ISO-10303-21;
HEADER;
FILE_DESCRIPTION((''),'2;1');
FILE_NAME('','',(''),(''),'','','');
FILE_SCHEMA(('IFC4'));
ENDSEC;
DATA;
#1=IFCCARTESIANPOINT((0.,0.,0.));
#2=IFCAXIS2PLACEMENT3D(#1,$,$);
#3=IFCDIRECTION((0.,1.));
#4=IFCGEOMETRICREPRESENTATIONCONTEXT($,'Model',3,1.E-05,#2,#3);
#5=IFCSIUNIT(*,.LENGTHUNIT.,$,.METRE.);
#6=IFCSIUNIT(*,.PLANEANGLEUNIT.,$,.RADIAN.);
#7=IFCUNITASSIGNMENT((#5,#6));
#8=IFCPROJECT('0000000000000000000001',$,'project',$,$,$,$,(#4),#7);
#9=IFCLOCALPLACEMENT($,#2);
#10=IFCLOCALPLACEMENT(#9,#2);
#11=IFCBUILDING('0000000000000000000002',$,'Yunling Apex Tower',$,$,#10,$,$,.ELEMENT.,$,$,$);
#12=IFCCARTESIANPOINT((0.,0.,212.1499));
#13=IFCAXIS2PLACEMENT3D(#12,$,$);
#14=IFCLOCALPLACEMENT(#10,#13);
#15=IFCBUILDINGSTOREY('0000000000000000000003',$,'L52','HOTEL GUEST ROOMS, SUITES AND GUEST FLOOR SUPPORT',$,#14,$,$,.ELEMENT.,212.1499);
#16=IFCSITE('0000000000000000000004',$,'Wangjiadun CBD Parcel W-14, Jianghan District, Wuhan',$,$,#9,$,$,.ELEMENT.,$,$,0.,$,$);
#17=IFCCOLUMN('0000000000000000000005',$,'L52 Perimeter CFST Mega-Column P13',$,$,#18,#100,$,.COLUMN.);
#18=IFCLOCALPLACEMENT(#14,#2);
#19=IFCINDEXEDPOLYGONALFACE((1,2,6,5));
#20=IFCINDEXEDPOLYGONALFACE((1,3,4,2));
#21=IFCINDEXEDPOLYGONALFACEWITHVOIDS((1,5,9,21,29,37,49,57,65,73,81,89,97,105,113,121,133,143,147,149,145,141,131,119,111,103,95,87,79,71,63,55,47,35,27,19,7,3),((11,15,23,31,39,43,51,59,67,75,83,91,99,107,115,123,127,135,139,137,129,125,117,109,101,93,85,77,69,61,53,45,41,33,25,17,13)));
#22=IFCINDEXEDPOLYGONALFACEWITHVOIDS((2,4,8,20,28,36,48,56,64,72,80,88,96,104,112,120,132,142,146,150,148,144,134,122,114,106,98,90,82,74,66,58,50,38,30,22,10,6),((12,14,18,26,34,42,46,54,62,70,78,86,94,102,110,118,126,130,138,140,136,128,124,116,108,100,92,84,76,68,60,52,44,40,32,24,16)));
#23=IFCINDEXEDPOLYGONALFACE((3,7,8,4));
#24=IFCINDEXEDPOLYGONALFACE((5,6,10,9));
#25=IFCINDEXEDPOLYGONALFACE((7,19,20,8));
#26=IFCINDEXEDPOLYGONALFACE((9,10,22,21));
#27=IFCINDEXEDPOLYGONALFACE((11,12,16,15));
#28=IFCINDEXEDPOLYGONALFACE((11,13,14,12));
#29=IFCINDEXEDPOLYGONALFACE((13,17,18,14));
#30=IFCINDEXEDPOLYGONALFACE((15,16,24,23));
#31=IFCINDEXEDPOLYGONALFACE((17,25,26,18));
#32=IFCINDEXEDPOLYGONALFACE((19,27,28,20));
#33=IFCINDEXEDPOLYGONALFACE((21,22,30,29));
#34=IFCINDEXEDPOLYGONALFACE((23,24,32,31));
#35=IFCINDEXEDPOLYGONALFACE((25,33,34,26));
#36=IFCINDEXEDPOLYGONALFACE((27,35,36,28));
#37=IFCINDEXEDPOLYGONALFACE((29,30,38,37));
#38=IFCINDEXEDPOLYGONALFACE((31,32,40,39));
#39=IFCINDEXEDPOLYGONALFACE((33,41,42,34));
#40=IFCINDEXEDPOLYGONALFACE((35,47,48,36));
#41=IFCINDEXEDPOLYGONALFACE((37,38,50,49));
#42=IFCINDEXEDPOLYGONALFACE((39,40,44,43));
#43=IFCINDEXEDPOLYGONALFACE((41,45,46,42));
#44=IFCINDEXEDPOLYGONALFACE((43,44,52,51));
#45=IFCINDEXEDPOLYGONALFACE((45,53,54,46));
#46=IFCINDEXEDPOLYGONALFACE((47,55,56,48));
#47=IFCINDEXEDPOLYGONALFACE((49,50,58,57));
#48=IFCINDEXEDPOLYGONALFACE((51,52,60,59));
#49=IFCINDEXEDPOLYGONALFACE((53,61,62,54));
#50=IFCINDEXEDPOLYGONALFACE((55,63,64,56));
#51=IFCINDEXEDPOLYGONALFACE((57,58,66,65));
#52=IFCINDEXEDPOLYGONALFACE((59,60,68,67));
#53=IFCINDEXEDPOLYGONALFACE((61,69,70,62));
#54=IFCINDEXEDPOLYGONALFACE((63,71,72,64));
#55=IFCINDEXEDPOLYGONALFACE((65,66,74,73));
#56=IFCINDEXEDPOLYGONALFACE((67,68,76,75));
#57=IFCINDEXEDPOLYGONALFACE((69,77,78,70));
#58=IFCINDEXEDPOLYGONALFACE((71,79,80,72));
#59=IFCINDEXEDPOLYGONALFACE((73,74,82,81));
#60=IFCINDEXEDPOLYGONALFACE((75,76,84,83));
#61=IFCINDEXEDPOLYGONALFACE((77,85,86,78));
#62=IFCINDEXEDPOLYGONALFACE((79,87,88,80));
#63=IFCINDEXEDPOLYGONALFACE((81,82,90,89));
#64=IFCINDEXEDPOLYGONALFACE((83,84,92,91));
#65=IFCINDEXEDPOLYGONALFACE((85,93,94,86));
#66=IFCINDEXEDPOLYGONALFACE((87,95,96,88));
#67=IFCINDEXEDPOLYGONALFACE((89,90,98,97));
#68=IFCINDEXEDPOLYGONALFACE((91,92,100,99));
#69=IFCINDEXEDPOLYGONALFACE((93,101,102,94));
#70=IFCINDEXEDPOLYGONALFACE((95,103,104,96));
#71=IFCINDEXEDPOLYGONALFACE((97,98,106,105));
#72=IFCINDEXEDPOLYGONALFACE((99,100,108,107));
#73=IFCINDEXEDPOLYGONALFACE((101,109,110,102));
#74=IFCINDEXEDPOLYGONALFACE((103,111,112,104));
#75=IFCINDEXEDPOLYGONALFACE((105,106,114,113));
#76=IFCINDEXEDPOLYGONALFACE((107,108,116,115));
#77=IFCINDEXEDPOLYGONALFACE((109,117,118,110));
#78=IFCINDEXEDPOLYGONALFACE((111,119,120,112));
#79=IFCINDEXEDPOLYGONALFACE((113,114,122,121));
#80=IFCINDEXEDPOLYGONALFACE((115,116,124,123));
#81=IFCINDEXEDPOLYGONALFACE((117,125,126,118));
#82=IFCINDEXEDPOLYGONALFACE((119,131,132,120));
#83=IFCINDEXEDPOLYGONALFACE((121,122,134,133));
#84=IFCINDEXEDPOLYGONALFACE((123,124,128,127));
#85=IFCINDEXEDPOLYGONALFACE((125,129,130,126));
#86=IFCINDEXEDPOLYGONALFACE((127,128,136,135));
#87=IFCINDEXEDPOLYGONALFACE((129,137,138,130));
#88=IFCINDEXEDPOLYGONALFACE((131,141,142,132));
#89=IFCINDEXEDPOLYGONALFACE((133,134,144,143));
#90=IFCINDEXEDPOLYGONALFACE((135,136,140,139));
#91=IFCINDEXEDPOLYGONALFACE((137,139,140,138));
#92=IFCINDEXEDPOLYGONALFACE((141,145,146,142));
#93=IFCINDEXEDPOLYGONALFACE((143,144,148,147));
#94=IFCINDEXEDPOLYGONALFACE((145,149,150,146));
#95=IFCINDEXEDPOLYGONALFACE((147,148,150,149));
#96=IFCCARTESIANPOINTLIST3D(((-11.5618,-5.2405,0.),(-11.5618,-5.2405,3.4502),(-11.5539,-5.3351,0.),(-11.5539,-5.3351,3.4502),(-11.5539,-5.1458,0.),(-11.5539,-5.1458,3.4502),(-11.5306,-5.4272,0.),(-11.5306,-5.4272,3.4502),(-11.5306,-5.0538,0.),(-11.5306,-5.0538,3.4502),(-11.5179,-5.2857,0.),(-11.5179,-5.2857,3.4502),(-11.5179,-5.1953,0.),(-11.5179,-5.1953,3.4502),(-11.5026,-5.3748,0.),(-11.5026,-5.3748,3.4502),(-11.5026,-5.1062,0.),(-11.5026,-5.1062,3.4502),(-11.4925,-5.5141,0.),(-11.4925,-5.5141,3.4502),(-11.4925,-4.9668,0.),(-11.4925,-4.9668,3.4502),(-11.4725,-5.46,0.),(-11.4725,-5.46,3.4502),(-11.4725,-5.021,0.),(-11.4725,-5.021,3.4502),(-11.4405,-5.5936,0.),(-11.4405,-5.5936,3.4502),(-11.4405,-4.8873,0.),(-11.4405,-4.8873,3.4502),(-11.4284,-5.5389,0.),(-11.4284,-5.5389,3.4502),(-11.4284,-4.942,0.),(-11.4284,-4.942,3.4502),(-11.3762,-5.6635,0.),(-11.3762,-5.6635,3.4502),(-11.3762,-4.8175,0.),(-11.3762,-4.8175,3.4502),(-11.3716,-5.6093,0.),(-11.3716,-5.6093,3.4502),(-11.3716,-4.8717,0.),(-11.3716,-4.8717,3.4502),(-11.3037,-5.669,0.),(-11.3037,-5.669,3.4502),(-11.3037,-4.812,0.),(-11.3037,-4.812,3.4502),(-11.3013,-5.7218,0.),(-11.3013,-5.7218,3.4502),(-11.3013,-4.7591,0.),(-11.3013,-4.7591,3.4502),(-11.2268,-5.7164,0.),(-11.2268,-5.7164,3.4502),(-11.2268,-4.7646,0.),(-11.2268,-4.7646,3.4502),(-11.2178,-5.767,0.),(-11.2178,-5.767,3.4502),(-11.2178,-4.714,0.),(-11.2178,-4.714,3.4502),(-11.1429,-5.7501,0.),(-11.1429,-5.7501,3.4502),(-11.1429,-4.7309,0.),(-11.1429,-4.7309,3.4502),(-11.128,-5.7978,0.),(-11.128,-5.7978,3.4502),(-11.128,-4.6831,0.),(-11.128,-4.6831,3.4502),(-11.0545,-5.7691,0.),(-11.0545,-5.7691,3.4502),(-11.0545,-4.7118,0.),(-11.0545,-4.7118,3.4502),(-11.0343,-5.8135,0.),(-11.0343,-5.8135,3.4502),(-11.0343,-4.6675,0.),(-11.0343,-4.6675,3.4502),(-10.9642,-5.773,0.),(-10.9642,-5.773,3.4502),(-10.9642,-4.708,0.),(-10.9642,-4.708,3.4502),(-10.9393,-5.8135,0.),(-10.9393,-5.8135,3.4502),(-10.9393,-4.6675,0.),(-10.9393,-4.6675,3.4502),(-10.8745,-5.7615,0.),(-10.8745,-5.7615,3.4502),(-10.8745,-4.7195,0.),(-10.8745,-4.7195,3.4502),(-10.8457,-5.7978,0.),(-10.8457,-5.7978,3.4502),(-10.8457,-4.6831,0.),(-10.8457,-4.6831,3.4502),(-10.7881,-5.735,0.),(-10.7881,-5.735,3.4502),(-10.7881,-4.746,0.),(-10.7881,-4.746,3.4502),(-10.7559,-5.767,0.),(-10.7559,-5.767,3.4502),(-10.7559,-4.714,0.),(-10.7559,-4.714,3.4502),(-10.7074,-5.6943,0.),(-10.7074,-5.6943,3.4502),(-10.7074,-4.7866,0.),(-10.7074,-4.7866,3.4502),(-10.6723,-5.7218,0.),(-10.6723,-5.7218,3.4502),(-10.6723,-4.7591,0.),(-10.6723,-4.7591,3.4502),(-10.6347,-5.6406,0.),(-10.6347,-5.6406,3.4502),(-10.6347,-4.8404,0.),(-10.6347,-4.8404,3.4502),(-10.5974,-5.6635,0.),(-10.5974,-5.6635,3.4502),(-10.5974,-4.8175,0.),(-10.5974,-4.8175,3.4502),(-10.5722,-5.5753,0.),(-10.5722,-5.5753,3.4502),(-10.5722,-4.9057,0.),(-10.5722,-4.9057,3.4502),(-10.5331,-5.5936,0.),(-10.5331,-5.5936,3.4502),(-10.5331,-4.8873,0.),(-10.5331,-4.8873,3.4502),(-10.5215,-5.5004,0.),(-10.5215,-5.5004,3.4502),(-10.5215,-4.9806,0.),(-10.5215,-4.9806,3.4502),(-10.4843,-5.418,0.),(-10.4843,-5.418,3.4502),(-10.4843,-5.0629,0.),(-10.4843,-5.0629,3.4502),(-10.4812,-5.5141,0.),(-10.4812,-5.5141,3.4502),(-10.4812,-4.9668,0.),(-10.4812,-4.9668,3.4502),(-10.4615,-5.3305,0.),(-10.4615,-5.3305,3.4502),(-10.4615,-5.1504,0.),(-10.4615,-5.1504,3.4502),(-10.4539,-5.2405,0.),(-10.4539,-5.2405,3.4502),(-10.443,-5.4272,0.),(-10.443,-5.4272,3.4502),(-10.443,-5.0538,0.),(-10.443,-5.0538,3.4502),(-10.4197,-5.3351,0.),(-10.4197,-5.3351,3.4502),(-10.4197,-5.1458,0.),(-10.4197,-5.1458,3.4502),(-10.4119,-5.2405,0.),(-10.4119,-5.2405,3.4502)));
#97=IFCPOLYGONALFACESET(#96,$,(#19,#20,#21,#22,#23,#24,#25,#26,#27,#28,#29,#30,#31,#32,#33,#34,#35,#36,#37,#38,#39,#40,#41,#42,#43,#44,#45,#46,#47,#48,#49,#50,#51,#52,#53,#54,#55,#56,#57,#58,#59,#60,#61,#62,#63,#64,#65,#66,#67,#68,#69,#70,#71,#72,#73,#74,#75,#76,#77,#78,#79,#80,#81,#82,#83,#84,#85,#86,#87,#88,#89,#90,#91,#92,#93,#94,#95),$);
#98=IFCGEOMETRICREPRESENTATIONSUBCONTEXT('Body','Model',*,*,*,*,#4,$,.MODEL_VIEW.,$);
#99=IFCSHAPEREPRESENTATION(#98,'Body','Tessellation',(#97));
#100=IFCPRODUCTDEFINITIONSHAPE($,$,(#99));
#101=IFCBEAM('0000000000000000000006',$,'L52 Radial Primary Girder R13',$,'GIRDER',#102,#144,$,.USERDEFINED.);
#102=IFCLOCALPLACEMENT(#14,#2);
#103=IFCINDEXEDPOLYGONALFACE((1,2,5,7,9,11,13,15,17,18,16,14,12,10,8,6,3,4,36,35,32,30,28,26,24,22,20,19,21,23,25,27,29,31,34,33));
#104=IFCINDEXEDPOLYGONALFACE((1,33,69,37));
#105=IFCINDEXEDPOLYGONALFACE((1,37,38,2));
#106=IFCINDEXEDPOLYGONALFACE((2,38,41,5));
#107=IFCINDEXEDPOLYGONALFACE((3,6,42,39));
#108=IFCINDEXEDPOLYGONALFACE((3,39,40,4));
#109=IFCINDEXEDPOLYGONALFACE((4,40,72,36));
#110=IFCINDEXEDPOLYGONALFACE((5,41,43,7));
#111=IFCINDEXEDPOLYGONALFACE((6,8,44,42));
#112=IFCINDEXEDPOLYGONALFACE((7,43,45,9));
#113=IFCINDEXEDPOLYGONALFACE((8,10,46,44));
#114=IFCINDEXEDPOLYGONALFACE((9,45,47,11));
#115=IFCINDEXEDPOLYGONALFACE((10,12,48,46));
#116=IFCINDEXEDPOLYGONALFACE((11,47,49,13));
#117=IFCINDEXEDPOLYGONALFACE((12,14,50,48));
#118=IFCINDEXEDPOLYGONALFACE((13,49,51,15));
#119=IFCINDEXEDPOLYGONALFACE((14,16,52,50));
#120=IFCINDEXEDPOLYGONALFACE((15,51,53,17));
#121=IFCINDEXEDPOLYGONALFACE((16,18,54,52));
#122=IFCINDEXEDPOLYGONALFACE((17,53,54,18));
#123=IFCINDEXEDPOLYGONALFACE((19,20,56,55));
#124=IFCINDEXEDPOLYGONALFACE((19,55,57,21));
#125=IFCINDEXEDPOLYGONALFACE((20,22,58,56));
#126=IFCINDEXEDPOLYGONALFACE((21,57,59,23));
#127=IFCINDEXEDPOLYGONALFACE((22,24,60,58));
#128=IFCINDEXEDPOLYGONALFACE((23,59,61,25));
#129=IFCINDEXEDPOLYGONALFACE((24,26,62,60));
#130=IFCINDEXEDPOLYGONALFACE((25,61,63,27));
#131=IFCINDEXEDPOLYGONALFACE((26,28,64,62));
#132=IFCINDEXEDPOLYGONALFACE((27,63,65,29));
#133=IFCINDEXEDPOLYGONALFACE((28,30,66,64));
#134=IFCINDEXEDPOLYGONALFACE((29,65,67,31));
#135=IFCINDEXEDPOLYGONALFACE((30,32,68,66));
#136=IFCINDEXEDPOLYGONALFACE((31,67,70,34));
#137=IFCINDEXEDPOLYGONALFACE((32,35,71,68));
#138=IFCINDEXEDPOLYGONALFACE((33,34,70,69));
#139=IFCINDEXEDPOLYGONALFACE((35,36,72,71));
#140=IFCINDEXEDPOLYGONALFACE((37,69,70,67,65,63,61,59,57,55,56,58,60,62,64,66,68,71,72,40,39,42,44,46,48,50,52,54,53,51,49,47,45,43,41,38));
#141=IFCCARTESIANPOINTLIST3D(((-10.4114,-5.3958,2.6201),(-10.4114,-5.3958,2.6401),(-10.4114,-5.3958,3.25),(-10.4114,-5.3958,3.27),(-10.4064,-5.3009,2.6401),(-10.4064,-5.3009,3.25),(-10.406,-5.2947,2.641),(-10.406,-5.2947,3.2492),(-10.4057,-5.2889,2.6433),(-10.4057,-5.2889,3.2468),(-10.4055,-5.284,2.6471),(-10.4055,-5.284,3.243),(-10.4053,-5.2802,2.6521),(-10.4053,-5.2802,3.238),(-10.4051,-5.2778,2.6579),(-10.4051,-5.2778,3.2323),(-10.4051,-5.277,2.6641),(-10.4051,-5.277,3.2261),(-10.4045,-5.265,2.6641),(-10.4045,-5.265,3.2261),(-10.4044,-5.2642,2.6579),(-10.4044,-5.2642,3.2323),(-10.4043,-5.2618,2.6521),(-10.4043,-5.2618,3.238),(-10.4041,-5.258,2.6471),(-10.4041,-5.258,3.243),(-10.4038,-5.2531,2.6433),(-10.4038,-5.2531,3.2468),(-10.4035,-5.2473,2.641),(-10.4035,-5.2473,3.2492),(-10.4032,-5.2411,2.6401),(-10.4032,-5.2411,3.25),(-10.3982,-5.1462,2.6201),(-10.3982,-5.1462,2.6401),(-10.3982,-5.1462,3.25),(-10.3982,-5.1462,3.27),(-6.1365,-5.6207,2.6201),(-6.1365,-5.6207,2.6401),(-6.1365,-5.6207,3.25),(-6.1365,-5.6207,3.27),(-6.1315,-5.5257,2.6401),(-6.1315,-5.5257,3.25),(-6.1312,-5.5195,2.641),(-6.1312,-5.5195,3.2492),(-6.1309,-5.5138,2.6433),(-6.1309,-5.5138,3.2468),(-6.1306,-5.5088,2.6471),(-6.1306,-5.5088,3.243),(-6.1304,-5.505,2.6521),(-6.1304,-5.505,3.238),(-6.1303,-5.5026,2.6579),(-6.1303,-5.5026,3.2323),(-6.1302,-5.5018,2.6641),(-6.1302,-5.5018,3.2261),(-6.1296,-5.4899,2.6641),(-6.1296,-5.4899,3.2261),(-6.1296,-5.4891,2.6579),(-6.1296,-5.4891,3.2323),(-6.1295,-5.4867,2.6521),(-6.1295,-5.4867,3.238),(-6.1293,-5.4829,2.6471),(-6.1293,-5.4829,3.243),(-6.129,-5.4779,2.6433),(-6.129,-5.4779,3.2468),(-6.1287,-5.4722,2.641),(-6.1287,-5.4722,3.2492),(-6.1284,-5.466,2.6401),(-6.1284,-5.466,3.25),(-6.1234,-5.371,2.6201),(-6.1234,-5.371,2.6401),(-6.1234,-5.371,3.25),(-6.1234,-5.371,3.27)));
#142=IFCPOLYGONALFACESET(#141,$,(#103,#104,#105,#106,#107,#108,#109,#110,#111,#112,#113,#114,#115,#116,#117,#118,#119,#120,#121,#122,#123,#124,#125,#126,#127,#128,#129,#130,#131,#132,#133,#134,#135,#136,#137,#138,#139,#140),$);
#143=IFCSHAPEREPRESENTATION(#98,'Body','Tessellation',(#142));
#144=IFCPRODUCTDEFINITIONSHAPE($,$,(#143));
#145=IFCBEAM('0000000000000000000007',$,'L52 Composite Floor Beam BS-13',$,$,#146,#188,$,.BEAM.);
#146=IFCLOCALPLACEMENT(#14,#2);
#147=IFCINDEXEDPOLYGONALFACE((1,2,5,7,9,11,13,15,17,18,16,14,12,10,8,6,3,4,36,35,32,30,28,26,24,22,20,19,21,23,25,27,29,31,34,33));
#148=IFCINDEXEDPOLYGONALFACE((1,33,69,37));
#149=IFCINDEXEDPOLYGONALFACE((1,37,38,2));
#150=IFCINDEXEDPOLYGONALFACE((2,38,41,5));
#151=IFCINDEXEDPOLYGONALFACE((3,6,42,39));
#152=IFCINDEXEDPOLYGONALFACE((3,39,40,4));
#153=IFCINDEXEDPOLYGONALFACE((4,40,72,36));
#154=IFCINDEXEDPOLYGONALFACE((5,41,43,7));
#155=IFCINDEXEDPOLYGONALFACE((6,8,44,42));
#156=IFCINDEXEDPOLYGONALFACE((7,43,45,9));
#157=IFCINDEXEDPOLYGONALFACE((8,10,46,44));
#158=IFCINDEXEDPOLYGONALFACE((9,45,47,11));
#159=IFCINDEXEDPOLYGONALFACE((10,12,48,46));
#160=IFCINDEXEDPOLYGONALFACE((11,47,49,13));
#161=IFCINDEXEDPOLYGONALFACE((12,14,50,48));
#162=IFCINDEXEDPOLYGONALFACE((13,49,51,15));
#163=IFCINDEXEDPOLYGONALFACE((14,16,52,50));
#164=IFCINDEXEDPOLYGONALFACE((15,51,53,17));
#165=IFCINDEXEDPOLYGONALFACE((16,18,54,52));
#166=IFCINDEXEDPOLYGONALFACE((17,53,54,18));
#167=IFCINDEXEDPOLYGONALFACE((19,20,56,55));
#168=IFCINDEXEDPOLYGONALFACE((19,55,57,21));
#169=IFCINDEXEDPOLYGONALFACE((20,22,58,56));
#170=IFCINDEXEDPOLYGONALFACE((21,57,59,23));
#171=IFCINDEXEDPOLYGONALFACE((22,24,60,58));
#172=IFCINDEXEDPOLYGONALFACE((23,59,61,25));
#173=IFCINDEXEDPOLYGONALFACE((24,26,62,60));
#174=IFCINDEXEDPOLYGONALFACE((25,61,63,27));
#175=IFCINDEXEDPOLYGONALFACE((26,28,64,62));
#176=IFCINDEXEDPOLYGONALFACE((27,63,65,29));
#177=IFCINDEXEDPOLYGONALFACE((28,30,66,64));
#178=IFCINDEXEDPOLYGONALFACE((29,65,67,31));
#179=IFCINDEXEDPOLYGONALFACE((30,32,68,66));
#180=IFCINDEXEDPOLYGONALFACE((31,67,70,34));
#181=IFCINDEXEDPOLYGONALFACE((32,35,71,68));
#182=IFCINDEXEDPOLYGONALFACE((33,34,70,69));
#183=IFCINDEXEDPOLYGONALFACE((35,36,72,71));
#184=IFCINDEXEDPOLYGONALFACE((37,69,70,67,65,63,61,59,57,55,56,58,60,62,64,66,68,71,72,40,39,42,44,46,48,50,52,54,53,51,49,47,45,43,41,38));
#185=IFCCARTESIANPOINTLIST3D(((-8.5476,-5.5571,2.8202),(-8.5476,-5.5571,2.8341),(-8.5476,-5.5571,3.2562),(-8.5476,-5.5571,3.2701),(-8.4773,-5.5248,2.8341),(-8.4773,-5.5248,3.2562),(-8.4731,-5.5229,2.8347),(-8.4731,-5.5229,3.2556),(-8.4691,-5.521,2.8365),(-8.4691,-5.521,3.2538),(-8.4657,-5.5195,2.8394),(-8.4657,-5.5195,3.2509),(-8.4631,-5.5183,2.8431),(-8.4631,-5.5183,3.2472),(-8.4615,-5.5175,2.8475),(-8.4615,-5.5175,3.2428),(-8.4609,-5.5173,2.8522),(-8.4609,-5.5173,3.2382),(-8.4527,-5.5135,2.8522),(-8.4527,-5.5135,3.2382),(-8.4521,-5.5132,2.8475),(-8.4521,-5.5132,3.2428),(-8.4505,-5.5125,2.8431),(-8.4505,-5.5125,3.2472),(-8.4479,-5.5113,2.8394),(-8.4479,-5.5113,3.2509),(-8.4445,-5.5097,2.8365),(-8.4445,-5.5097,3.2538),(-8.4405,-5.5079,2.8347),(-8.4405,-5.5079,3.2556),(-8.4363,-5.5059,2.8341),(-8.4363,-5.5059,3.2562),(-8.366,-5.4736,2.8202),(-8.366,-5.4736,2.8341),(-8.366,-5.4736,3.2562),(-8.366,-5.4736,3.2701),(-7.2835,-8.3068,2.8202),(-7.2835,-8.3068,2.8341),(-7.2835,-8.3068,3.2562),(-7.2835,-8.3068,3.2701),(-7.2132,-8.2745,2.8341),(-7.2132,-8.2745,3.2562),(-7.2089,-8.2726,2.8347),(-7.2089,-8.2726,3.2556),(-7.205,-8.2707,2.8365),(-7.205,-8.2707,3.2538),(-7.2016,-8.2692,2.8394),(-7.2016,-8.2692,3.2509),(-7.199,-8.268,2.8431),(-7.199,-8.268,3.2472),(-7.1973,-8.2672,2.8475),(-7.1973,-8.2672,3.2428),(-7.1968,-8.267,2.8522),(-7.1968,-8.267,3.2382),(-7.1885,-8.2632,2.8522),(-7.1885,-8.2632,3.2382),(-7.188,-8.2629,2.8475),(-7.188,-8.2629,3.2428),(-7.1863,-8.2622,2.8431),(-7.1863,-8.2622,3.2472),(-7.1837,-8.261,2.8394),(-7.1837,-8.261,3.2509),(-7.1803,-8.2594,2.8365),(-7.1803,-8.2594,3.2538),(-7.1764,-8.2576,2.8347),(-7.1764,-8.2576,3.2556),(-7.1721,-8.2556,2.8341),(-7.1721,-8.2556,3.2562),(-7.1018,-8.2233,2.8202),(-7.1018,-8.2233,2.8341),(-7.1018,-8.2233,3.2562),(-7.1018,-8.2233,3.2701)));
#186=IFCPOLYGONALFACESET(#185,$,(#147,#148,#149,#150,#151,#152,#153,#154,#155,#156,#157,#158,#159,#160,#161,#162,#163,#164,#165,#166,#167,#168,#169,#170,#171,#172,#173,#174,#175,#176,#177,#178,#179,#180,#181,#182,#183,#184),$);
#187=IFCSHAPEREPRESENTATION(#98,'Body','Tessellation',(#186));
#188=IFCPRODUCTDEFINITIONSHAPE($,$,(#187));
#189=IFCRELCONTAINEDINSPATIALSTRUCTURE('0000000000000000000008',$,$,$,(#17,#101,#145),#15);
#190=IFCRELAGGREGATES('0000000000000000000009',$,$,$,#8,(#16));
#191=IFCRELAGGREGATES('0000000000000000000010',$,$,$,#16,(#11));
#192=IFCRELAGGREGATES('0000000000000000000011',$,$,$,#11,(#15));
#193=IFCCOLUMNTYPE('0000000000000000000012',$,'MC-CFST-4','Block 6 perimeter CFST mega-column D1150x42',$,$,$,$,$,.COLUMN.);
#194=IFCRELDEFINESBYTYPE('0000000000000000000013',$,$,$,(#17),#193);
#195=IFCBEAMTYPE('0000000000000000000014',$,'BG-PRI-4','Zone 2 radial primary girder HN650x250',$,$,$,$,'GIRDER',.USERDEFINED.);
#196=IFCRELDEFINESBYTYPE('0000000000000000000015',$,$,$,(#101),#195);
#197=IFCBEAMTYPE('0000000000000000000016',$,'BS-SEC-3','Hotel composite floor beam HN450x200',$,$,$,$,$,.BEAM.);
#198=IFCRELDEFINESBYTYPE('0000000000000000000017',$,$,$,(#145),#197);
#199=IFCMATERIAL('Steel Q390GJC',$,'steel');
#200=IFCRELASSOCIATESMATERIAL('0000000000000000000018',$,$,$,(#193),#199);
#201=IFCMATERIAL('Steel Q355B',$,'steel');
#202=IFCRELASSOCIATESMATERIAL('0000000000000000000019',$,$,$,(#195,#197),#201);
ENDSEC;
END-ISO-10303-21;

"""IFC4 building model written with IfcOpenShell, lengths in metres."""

from ifc_helpers import new_model, si_unit, direction, frame, origin, origin_2d, place, context, subcontext, project, spatial, hollow_circle, i_section, extrude, source, transform, mapped, material, material_profile, profile_set, type_object, element, save


model = new_model("IFC4")

# Units and contexts
model_context = context("Model", 3, precision=1e-05, world=origin(), true_north=direction((0.0, 1.0)))
body_context = subcontext(model_context, "Body", "Model", "MODEL_VIEW")
ifc_project = project(units=[si_unit("LENGTHUNIT", "METRE"), si_unit("PLANEANGLEUNIT", "RADIAN")], contexts=[model_context])

# Site, building, storey
site_placement = place(None, origin())
site = spatial("IfcSite", under=ifc_project, at=site_placement, Name="Wangjiadun CBD Parcel W-14, Jianghan District, Wuhan", CompositionType="ELEMENT", RefElevation=0.0)
building_placement = place(site_placement, origin())
building = spatial("IfcBuilding", under=site, at=building_placement, Name="Yunling Apex Tower", CompositionType="ELEMENT")
storey_placement = place(building_placement, frame((0.0, 0.0, 212.1499)))
storey = spatial("IfcBuildingStorey", under=building, at=storey_placement, Name="L52", Description="HOTEL GUEST ROOMS, SUITES AND GUEST FLOOR SUPPORT", CompositionType="ELEMENT", Elevation=212.1499)

# Column
ifc_material_1 = material(Name="Steel Q390GJC", Category="steel")
ifc_material_profile_1 = material_profile(ifc_material_1, hollow_circle(Radius=0.575, WallThickness=0.042, at=origin_2d()))
ifc_profile_set_1 = profile_set([ifc_material_profile_1], Name="Steel Q390GJC")
column_type = type_object("IfcColumnType", Name="MC-CFST-4", Description="Block 6 perimeter CFST mega-column D1150x42", PredefinedType="COLUMN", material=ifc_profile_set_1)
shared_shape_1 = source(origin(), body_context, "Body", "SweptSolid", [
    extrude(hollow_circle(Radius=0.575, WallThickness=0.042, at=origin_2d()), origin(), (0.0, 0.0, 1.0), 3.4502),
])
column_placement = place(storey_placement, frame((-10.9868, -5.2405, 0.0), z_axis=(0.0, 0.0, 1.0), x_axis=(1.0, 0.0, 0.0)))
element("IfcColumn", 1, at=column_placement, inside=storey, type_object=column_type, Name="L52 Perimeter CFST Mega-Column P13", PredefinedType="COLUMN", context=body_context, shape_type="MappedRepresentation", body=[
    mapped(shared_shape_1, transform((0.0, 0.0, 0.0), scale=1.0)),
])

# Beams
ifc_material_2 = material(Name="Steel Q355B", Category="steel")
ifc_material_profile_2 = material_profile(ifc_material_2, i_section(OverallWidth=0.25, OverallDepth=0.6499, WebThickness=0.012, FlangeThickness=0.02, FilletRadius=0.0239, at=origin_2d()))
ifc_profile_set_2 = profile_set([ifc_material_profile_2], Name="Steel Q355B")
beam_type_1 = type_object("IfcBeamType", Name="BG-PRI-4", Description="Zone 2 radial primary girder HN650x250", ElementType="GIRDER", PredefinedType="USERDEFINED", material=ifc_profile_set_2)
shared_shape_2 = source(origin(), body_context, "Body", "SweptSolid", [
    extrude(i_section(OverallWidth=0.25, OverallDepth=0.6499, WebThickness=0.012, FlangeThickness=0.02, FilletRadius=0.0239, at=origin_2d()), origin(), (0.0, 0.0, 1.0), 4.2808),
])
beam_1_placement = place(storey_placement, frame((-10.4048, -5.271, 2.9451), z_axis=(0.99862, -0.052526, 0.0), x_axis=(0.052526, 0.99862, 0.0)))
element("IfcBeam", 2, at=beam_1_placement, inside=storey, type_object=beam_type_1, Name="L52 Radial Primary Girder R13", ObjectType="GIRDER", PredefinedType="USERDEFINED", context=body_context, shape_type="MappedRepresentation", body=[
    mapped(shared_shape_2, transform((0.0, 0.0, 0.0), scale=1.0)),
])
ifc_material_profile_3 = material_profile(ifc_material_2, i_section(OverallWidth=0.2, OverallDepth=0.45, WebThickness=0.009, FlangeThickness=0.0139, FilletRadius=0.0181, at=origin_2d()))
ifc_profile_set_3 = profile_set([ifc_material_profile_3], Name="Steel Q355B")
beam_type_2 = type_object("IfcBeamType", Name="BS-SEC-3", Description="Hotel composite floor beam HN450x200", PredefinedType="BEAM", material=ifc_profile_set_3)
shared_shape_3 = source(origin(), body_context, "Body", "SweptSolid", [
    extrude(i_section(OverallWidth=0.2, OverallDepth=0.45, WebThickness=0.009, FlangeThickness=0.0139, FilletRadius=0.0181, at=origin_2d()), origin(), (0.0, 0.0, 1.0), 3.0264),
])
beam_2_placement = place(storey_placement, frame((-8.4568, -5.5154, 3.0452), z_axis=(0.417707, -0.908582, 0.0), x_axis=(0.908582, 0.417707, 0.0)))
element("IfcBeam", 3, at=beam_2_placement, inside=storey, type_object=beam_type_2, Name="L52 Composite Floor Beam BS-13", PredefinedType="BEAM", context=body_context, shape_type="MappedRepresentation", body=[
    mapped(shared_shape_3, transform((0.0, 0.0, 0.0), scale=1.0)),
])

save(model, "model.ifc")
